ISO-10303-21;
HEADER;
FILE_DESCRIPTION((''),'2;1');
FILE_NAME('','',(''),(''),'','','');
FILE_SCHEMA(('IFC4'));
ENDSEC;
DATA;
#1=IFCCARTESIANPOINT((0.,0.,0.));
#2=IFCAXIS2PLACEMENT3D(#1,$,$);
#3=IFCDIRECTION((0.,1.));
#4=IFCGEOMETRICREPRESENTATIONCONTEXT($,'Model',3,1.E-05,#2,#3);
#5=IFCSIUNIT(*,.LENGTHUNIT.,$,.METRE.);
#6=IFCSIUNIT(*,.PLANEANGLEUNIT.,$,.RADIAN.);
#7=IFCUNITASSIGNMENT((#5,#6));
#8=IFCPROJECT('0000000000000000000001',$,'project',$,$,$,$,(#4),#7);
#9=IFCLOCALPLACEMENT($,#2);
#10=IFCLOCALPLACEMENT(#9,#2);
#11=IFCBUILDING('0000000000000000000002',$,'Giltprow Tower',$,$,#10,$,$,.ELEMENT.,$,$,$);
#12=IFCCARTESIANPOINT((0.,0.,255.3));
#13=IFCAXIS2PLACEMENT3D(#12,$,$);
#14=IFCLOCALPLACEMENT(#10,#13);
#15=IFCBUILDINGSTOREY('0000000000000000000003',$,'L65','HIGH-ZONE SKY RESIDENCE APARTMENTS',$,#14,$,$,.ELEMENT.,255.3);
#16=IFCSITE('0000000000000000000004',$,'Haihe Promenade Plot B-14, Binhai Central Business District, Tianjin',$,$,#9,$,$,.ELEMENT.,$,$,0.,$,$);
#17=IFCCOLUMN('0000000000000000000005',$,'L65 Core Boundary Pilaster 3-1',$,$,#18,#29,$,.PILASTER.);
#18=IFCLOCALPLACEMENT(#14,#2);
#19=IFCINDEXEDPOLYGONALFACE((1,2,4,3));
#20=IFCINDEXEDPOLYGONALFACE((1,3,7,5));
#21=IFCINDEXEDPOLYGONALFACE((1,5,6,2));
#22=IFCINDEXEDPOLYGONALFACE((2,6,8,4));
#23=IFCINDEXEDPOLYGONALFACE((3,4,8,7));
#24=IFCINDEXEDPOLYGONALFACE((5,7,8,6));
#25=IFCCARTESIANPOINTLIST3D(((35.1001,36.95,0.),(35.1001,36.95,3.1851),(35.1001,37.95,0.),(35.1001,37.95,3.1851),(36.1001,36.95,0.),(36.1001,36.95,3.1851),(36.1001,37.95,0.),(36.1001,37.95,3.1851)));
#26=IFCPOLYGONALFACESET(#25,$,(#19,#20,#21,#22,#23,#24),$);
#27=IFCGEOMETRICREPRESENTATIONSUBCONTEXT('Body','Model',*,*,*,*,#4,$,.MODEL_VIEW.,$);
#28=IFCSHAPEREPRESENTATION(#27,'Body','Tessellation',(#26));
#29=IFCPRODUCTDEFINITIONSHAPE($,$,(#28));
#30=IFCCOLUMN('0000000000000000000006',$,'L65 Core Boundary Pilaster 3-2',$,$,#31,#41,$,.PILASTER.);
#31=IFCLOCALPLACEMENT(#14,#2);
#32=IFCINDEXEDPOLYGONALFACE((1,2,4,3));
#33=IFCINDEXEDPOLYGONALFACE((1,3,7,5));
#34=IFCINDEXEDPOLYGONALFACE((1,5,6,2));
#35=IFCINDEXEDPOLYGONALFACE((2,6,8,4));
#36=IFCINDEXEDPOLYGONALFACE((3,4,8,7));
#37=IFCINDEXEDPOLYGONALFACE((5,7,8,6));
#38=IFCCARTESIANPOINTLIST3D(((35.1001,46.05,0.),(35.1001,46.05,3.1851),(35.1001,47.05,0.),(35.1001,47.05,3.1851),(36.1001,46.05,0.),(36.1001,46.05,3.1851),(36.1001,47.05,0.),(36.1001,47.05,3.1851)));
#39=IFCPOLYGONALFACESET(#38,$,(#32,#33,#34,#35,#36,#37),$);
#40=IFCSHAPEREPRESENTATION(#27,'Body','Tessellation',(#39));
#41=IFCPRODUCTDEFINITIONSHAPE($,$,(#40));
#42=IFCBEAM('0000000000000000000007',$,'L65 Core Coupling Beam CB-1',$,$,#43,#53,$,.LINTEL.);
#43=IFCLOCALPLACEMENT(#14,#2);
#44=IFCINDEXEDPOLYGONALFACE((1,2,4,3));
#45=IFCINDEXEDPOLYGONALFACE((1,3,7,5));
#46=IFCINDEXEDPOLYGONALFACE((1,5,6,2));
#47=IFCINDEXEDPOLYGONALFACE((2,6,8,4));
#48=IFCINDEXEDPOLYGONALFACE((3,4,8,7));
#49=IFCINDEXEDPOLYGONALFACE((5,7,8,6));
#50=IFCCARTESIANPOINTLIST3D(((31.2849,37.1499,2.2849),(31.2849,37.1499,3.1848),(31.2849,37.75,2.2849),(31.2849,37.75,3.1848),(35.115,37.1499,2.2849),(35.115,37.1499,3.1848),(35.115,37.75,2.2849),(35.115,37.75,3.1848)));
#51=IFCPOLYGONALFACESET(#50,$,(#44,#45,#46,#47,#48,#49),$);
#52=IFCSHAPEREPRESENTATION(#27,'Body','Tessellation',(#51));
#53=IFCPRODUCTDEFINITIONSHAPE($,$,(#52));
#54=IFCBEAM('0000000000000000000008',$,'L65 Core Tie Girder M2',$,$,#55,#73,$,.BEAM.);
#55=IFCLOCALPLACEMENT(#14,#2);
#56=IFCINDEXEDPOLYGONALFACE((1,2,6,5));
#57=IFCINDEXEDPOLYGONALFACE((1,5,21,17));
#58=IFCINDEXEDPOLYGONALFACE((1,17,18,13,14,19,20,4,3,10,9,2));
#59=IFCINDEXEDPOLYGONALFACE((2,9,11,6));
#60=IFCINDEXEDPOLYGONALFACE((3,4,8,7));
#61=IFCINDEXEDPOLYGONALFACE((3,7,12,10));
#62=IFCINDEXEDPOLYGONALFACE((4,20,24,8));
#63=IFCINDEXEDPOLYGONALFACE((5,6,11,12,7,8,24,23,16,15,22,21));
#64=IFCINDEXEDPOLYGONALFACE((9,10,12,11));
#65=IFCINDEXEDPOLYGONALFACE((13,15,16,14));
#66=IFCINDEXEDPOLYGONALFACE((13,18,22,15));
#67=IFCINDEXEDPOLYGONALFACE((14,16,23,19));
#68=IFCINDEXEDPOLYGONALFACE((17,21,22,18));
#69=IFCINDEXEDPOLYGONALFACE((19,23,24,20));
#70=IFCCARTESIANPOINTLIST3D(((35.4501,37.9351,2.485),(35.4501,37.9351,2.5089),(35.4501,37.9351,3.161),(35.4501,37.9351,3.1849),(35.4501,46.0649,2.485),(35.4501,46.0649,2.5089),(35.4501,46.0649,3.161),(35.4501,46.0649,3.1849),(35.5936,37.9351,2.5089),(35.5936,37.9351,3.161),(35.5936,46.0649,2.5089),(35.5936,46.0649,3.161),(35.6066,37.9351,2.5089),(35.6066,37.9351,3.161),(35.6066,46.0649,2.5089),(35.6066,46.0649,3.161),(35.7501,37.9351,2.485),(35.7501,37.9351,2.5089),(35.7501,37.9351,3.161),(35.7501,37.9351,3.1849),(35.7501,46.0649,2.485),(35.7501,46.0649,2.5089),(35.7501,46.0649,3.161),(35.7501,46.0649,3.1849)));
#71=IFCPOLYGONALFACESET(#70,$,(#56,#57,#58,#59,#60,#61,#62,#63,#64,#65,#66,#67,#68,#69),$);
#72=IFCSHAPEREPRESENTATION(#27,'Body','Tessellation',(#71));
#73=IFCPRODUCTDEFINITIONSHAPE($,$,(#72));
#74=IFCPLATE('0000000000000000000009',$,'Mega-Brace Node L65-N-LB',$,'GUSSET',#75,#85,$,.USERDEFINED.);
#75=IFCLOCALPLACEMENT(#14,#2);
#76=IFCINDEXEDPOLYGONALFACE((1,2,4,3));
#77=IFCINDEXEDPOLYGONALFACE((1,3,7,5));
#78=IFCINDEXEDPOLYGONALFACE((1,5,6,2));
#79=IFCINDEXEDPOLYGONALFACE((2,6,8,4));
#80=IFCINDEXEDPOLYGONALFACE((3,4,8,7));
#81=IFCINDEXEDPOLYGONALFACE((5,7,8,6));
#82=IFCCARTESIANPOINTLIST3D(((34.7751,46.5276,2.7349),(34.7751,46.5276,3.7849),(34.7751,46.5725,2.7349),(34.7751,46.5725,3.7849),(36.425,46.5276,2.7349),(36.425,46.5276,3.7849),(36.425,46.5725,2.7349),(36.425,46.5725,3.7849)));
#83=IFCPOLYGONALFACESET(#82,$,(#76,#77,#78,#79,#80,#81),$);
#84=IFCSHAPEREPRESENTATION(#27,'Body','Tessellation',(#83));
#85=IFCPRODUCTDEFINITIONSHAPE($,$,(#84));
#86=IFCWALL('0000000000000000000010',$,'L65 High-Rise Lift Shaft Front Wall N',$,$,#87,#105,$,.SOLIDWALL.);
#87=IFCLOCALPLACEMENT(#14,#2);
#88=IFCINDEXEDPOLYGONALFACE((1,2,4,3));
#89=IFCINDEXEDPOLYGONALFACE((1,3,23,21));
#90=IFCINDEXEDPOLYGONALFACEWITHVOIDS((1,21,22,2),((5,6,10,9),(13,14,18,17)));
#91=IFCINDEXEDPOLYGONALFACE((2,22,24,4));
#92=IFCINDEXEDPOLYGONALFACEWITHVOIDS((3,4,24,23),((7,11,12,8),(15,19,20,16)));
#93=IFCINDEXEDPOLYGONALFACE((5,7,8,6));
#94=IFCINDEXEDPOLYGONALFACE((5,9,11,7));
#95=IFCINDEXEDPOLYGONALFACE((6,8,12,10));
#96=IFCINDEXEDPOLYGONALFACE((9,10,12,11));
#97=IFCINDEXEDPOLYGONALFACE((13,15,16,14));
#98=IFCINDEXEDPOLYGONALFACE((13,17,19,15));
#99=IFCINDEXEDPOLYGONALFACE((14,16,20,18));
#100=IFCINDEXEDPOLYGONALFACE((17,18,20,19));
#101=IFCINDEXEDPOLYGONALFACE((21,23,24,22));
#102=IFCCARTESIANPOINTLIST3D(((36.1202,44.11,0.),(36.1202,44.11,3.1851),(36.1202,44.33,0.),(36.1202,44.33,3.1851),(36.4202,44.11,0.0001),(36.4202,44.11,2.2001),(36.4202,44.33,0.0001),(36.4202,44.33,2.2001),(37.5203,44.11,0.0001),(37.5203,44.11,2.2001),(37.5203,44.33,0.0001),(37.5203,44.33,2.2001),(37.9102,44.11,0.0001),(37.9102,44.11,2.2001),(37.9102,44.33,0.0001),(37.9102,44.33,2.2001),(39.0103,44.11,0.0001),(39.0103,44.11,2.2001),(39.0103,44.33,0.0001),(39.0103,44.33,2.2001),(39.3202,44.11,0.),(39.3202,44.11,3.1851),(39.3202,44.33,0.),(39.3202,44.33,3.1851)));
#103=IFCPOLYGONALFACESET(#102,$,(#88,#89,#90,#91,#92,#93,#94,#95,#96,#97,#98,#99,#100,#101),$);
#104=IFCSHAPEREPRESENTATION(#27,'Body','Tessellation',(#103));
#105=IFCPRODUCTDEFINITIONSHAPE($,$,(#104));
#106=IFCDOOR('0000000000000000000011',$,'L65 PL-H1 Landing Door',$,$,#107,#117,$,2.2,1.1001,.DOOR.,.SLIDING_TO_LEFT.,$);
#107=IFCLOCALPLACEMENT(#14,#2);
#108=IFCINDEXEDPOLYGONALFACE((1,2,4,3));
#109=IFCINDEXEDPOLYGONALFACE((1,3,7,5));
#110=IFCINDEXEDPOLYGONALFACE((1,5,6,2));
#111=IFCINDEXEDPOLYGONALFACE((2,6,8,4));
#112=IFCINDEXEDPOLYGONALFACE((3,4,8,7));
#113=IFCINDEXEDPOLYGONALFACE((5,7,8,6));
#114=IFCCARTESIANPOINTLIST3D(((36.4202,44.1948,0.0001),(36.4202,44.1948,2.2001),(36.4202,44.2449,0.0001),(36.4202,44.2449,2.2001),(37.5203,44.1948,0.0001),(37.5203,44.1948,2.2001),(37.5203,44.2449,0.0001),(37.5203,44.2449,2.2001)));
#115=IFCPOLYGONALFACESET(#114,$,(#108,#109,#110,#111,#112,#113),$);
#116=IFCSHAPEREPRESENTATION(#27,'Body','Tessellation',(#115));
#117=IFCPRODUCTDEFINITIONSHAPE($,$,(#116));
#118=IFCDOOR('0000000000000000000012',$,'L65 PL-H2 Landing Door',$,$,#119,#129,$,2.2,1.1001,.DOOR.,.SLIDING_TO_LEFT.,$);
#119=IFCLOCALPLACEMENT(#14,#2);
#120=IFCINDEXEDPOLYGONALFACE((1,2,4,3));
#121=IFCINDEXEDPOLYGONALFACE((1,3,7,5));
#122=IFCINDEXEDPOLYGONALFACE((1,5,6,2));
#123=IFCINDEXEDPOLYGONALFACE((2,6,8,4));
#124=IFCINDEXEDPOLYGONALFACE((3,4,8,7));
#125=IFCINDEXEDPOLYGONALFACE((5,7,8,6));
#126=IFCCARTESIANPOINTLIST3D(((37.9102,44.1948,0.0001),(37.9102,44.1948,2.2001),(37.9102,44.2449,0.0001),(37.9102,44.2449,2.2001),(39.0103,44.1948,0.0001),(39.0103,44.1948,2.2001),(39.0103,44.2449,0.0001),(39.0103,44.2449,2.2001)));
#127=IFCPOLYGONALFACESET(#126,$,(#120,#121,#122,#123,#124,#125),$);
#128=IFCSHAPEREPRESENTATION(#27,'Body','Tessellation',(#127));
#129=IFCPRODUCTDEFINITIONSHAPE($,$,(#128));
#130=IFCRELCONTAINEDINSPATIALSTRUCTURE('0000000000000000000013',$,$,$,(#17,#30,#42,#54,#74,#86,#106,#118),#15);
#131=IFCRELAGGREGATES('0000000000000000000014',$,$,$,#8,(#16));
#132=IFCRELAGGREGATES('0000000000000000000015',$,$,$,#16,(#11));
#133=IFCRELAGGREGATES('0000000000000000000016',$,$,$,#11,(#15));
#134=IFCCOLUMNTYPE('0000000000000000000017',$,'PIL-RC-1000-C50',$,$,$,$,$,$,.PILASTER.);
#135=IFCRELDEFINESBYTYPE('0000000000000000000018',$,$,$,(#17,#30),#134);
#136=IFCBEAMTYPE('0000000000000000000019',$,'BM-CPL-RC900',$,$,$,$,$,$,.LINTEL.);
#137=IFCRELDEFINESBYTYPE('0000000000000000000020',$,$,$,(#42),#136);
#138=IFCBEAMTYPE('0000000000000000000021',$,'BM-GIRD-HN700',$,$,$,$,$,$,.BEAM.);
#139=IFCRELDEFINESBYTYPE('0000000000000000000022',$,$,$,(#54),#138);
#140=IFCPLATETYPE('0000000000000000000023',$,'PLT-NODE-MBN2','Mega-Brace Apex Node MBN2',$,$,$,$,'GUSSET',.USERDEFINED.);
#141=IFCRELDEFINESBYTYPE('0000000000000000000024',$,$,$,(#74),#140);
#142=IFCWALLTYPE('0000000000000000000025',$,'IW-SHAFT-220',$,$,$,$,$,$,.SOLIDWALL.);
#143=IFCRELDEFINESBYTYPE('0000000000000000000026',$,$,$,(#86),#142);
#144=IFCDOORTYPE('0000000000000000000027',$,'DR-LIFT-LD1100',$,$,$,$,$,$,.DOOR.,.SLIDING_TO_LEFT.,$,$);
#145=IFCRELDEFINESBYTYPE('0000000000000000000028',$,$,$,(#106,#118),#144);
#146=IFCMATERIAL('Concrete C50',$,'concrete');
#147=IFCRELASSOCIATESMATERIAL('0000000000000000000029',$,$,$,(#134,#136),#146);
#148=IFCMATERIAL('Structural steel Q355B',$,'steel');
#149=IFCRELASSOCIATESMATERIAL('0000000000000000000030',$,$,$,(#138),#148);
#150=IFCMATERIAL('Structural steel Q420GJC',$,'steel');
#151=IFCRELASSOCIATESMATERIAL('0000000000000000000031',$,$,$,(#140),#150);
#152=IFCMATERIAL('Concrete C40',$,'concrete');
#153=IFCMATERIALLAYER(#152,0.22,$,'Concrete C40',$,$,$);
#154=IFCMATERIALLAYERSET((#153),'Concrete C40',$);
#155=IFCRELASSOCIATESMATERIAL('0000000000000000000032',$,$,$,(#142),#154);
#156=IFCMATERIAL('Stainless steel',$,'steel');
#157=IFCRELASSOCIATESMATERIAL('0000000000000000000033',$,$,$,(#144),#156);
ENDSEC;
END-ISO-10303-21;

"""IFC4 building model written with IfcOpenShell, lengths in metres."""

from ifc_helpers import new_model, si_unit, direction, frame, frame_2d, origin, origin_2d, place, context, subcontext, project, spatial, rectangle, i_section, extrude, source, transform, mapped, material, layer, layer_set, material_profile, profile_set, type_object, element, fill, save


model = new_model("IFC4")

# Units and contexts
model_context = context("Model", 3, precision=1e-05, world=origin(), true_north=direction((0.0, 1.0)))
body_context = subcontext(model_context, "Body", "Model", "MODEL_VIEW")
ifc_project = project(units=[si_unit("LENGTHUNIT", "METRE"), si_unit("PLANEANGLEUNIT", "RADIAN")], contexts=[model_context])

# Site, building, storey
site_placement = place(None, origin())
site = spatial("IfcSite", under=ifc_project, at=site_placement, Name="Haihe Promenade Plot B-14, Binhai Central Business District, Tianjin", CompositionType="ELEMENT", RefElevation=0.0)
building_placement = place(site_placement, origin())
building = spatial("IfcBuilding", under=site, at=building_placement, Name="Giltprow Tower", CompositionType="ELEMENT")
storey_placement = place(building_placement, frame((0.0, 0.0, 255.3)))
storey = spatial("IfcBuildingStorey", under=building, at=storey_placement, Name="L65", Description="HIGH-ZONE SKY RESIDENCE APARTMENTS", CompositionType="ELEMENT", Elevation=255.3)

# Columns
ifc_material_1 = material(Name="Concrete C50", Category="concrete")
ifc_material_profile_1 = material_profile(ifc_material_1, rectangle(XDim=1.0, YDim=1.0, at=origin_2d()), Name="RC 1000x1000")
ifc_profile_set_1 = profile_set([ifc_material_profile_1], Name="Concrete C50")
column_type = type_object("IfcColumnType", Name="PIL-RC-1000-C50", PredefinedType="PILASTER", material=ifc_profile_set_1)
shared_shape_1 = source(origin(), body_context, "Body", "SweptSolid", [
    extrude(rectangle(XDim=1.0, YDim=1.0, at=origin_2d()), origin(), (0.0, 0.0, 1.0), 3.1851),
])
for number, where, z_axis, x_axis, name in (
    (1, (35.6001, 37.45, 0.0), (0.0, 0.0, 1.0), (1.0, 0.0, 0.0), "L65 Core Boundary Pilaster 3-1"),
    (2, (35.6001, 46.55, 0.0), (0.0, 0.0, 1.0), (1.0, 0.0, 0.0), "L65 Core Boundary Pilaster 3-2"),
):
    element("IfcColumn", number, at=place(storey_placement, frame(where, z_axis=z_axis, x_axis=x_axis)), inside=storey, type_object=column_type, Name=name, PredefinedType="PILASTER", context=body_context, shape_type="MappedRepresentation", body=[
        mapped(shared_shape_1, transform((0.0, 0.0, 0.0), x_axis=(1.0, 0.0, 0.0), y_axis=(0.0, 1.0, 0.0), z_axis=(0.0, 0.0, 1.0), scale=1.0)),
    ])

# Beams
ifc_material_profile_2 = material_profile(ifc_material_1, rectangle(XDim=0.6001, YDim=0.8999, at=origin_2d()), Name="RC 900x600")
ifc_profile_set_2 = profile_set([ifc_material_profile_2], Name="Concrete C50")
beam_type_1 = type_object("IfcBeamType", Name="BM-CPL-RC900", PredefinedType="LINTEL", material=ifc_profile_set_2)
shared_shape_2 = source(origin(), body_context, "Body", "SweptSolid", [
    extrude(rectangle(XDim=0.6001, YDim=0.8999, at=origin_2d()), origin(), (0.0, 0.0, 1.0), 3.8301),
])
beam_1_placement = place(storey_placement, frame((31.2849, 37.45, 2.7349), z_axis=(1.0, 0.0, 0.0), x_axis=(0.0, 1.0, 0.0)))
element("IfcBeam", 3, at=beam_1_placement, inside=storey, type_object=beam_type_1, Name="L65 Core Coupling Beam CB-1", PredefinedType="LINTEL", context=body_context, shape_type="MappedRepresentation", body=[
    mapped(shared_shape_2, transform((0.0, 0.0, 0.0), x_axis=(1.0, 0.0, 0.0), y_axis=(0.0, 1.0, 0.0), z_axis=(0.0, 0.0, 1.0), scale=1.0)),
])
ifc_material_2 = material(Name="Structural steel Q355B", Category="steel")
ifc_material_profile_3 = material_profile(ifc_material_2, i_section(OverallWidth=0.3, OverallDepth=0.7, WebThickness=0.0129, FlangeThickness=0.0239, at=origin_2d()), Name="HN 700x300x13x24")
ifc_profile_set_3 = profile_set([ifc_material_profile_3], Name="Structural steel Q355B")
beam_type_2 = type_object("IfcBeamType", Name="BM-GIRD-HN700", PredefinedType="BEAM", material=ifc_profile_set_3)
shared_shape_3 = source(origin(), body_context, "Body", "SweptSolid", [
    extrude(i_section(OverallWidth=0.3, OverallDepth=0.7, WebThickness=0.0129, FlangeThickness=0.0239, at=origin_2d()), origin(), (0.0, 0.0, 1.0), 8.1299),
])
beam_2_placement = place(storey_placement, frame((35.6001, 37.9351, 2.835), z_axis=(0.0, 1.0, 0.0), x_axis=(-1.0, 0.0, 0.0)))
element("IfcBeam", 4, at=beam_2_placement, inside=storey, type_object=beam_type_2, Name="L65 Core Tie Girder M2", PredefinedType="BEAM", context=body_context, shape_type="MappedRepresentation", body=[
    mapped(shared_shape_3, transform((0.0, 0.0, 0.0), x_axis=(1.0, 0.0, 0.0), y_axis=(0.0, 1.0, 0.0), z_axis=(0.0, 0.0, 1.0), scale=1.0)),
])

# Plate
ifc_material_3 = material(Name="Structural steel Q420GJC", Category="steel")
plate_type = type_object("IfcPlateType", Name="PLT-NODE-MBN2", Description="Mega-Brace Apex Node MBN2", ElementType="GUSSET", PredefinedType="USERDEFINED", material=ifc_material_3)
shared_shape_4 = source(origin(), body_context, "Body", "SweptSolid", [
    extrude(rectangle(XDim=1.6499, YDim=0.0449, at=origin_2d()), origin(), (0.0, 0.0, 1.0), 1.05),
])
plate_placement = place(storey_placement, frame((35.6001, 46.55, 2.7349), z_axis=(0.0, 0.0, 1.0), x_axis=(1.0, 0.0, 0.0)))
element("IfcPlate", 5, at=plate_placement, inside=storey, type_object=plate_type, Name="Mega-Brace Node L65-N-LB", ObjectType="GUSSET", PredefinedType="USERDEFINED", context=body_context, shape_type="MappedRepresentation", body=[
    mapped(shared_shape_4, transform((0.0, 0.0, 0.0), x_axis=(1.0, 0.0, 0.0), y_axis=(0.0, 1.0, 0.0), z_axis=(0.0, 0.0, 1.0), scale=1.0)),
])

# Wall, openings, doors
ifc_material_4 = material(Name="Concrete C40", Category="concrete")
ifc_layer_1 = layer(ifc_material_4, 0.22, Name="Concrete C40")
ifc_layer_set_1 = layer_set([ifc_layer_1], Name="Concrete C40")
wall_type_1 = type_object("IfcWallType", Name="IW-SHAFT-220", PredefinedType="SOLIDWALL", material=ifc_layer_set_1)
wall_1_placement = place(storey_placement, frame((36.1201, 44.22, 0.0), z_axis=(0.0, 0.0, 1.0), x_axis=(1.0, 0.0, 0.0)))
wall_1 = element("IfcWall", 6, at=wall_1_placement, inside=storey, type_object=wall_type_1, Name="L65 High-Rise Lift Shaft Front Wall N", PredefinedType="SOLIDWALL", context=body_context, shape_type="SweptSolid", body=[
    extrude(rectangle(XDim=3.2, YDim=0.22, at=frame_2d((1.6001, 0.0))), origin(), (0.0, 0.0, 1.0), 3.1851),
])
opening_1_placement = place(wall_1_placement, frame((0.3, 0.0, 0.0)))
opening_1 = element("IfcOpeningElement", 7, at=opening_1_placement, cuts=wall_1, PredefinedType="OPENING", context=body_context, shape_type="SweptSolid", body=[
    extrude(rectangle(XDim=1.1001, YDim=2.2, at=frame_2d((0.55, 1.1001))), frame((0.0, 0.1199, 0.0), z_axis=(0.0, -1.0, 0.0), x_axis=(1.0, 0.0, 0.0)), (0.0, 0.0, 1.0), 0.24),
])
opening_2_placement = place(wall_1_placement, frame((1.79, 0.0, 0.0)))
opening_2 = element("IfcOpeningElement", 8, at=opening_2_placement, cuts=wall_1, PredefinedType="OPENING", context=body_context, shape_type="SweptSolid", body=[
    extrude(rectangle(XDim=1.1001, YDim=2.2, at=frame_2d((0.55, 1.1001))), frame((0.0, 0.1199, 0.0), z_axis=(0.0, -1.0, 0.0), x_axis=(1.0, 0.0, 0.0)), (0.0, 0.0, 1.0), 0.24),
])
ifc_material_5 = material(Name="Stainless steel", Category="steel")
door_type_1 = type_object("IfcDoorType", Name="DR-LIFT-LD1100", OperationType="SLIDING_TO_LEFT", PredefinedType="DOOR", material=ifc_material_5)
shared_shape_5 = source(origin(), body_context, "Body", "SweptSolid", [
    extrude(rectangle(XDim=1.1001, YDim=2.2, at=frame_2d((0.55, 1.1001))), frame((0.0, 0.0249, 0.0), z_axis=(0.0, -1.0, 0.0), x_axis=(1.0, 0.0, 0.0)), (0.0, 0.0, 1.0), 0.05),
])
door_1_placement = place(opening_1_placement, origin())
door_1 = element("IfcDoor", 9, at=door_1_placement, inside=storey, type_object=door_type_1, Name="L65 PL-H1 Landing Door", OperationType="SLIDING_TO_LEFT", OverallHeight=2.2, OverallWidth=1.1001, PredefinedType="DOOR", context=body_context, shape_type="MappedRepresentation", body=[
    mapped(shared_shape_5, transform((0.0, 0.0, 0.0), x_axis=(1.0, 0.0, 0.0), y_axis=(0.0, 1.0, 0.0), z_axis=(0.0, 0.0, 1.0), scale=1.0)),
])
fill(opening_1, door_1)
door_2_placement = place(opening_2_placement, origin())
door_2 = element("IfcDoor", 10, at=door_2_placement, inside=storey, type_object=door_type_1, Name="L65 PL-H2 Landing Door", OperationType="SLIDING_TO_LEFT", OverallHeight=2.2, OverallWidth=1.1001, PredefinedType="DOOR", context=body_context, shape_type="MappedRepresentation", body=[
    mapped(shared_shape_5, transform((0.0, 0.0, 0.0), x_axis=(1.0, 0.0, 0.0), y_axis=(0.0, 1.0, 0.0), z_axis=(0.0, 0.0, 1.0), scale=1.0)),
])
fill(opening_2, door_2)

save(model, "model.ifc")
